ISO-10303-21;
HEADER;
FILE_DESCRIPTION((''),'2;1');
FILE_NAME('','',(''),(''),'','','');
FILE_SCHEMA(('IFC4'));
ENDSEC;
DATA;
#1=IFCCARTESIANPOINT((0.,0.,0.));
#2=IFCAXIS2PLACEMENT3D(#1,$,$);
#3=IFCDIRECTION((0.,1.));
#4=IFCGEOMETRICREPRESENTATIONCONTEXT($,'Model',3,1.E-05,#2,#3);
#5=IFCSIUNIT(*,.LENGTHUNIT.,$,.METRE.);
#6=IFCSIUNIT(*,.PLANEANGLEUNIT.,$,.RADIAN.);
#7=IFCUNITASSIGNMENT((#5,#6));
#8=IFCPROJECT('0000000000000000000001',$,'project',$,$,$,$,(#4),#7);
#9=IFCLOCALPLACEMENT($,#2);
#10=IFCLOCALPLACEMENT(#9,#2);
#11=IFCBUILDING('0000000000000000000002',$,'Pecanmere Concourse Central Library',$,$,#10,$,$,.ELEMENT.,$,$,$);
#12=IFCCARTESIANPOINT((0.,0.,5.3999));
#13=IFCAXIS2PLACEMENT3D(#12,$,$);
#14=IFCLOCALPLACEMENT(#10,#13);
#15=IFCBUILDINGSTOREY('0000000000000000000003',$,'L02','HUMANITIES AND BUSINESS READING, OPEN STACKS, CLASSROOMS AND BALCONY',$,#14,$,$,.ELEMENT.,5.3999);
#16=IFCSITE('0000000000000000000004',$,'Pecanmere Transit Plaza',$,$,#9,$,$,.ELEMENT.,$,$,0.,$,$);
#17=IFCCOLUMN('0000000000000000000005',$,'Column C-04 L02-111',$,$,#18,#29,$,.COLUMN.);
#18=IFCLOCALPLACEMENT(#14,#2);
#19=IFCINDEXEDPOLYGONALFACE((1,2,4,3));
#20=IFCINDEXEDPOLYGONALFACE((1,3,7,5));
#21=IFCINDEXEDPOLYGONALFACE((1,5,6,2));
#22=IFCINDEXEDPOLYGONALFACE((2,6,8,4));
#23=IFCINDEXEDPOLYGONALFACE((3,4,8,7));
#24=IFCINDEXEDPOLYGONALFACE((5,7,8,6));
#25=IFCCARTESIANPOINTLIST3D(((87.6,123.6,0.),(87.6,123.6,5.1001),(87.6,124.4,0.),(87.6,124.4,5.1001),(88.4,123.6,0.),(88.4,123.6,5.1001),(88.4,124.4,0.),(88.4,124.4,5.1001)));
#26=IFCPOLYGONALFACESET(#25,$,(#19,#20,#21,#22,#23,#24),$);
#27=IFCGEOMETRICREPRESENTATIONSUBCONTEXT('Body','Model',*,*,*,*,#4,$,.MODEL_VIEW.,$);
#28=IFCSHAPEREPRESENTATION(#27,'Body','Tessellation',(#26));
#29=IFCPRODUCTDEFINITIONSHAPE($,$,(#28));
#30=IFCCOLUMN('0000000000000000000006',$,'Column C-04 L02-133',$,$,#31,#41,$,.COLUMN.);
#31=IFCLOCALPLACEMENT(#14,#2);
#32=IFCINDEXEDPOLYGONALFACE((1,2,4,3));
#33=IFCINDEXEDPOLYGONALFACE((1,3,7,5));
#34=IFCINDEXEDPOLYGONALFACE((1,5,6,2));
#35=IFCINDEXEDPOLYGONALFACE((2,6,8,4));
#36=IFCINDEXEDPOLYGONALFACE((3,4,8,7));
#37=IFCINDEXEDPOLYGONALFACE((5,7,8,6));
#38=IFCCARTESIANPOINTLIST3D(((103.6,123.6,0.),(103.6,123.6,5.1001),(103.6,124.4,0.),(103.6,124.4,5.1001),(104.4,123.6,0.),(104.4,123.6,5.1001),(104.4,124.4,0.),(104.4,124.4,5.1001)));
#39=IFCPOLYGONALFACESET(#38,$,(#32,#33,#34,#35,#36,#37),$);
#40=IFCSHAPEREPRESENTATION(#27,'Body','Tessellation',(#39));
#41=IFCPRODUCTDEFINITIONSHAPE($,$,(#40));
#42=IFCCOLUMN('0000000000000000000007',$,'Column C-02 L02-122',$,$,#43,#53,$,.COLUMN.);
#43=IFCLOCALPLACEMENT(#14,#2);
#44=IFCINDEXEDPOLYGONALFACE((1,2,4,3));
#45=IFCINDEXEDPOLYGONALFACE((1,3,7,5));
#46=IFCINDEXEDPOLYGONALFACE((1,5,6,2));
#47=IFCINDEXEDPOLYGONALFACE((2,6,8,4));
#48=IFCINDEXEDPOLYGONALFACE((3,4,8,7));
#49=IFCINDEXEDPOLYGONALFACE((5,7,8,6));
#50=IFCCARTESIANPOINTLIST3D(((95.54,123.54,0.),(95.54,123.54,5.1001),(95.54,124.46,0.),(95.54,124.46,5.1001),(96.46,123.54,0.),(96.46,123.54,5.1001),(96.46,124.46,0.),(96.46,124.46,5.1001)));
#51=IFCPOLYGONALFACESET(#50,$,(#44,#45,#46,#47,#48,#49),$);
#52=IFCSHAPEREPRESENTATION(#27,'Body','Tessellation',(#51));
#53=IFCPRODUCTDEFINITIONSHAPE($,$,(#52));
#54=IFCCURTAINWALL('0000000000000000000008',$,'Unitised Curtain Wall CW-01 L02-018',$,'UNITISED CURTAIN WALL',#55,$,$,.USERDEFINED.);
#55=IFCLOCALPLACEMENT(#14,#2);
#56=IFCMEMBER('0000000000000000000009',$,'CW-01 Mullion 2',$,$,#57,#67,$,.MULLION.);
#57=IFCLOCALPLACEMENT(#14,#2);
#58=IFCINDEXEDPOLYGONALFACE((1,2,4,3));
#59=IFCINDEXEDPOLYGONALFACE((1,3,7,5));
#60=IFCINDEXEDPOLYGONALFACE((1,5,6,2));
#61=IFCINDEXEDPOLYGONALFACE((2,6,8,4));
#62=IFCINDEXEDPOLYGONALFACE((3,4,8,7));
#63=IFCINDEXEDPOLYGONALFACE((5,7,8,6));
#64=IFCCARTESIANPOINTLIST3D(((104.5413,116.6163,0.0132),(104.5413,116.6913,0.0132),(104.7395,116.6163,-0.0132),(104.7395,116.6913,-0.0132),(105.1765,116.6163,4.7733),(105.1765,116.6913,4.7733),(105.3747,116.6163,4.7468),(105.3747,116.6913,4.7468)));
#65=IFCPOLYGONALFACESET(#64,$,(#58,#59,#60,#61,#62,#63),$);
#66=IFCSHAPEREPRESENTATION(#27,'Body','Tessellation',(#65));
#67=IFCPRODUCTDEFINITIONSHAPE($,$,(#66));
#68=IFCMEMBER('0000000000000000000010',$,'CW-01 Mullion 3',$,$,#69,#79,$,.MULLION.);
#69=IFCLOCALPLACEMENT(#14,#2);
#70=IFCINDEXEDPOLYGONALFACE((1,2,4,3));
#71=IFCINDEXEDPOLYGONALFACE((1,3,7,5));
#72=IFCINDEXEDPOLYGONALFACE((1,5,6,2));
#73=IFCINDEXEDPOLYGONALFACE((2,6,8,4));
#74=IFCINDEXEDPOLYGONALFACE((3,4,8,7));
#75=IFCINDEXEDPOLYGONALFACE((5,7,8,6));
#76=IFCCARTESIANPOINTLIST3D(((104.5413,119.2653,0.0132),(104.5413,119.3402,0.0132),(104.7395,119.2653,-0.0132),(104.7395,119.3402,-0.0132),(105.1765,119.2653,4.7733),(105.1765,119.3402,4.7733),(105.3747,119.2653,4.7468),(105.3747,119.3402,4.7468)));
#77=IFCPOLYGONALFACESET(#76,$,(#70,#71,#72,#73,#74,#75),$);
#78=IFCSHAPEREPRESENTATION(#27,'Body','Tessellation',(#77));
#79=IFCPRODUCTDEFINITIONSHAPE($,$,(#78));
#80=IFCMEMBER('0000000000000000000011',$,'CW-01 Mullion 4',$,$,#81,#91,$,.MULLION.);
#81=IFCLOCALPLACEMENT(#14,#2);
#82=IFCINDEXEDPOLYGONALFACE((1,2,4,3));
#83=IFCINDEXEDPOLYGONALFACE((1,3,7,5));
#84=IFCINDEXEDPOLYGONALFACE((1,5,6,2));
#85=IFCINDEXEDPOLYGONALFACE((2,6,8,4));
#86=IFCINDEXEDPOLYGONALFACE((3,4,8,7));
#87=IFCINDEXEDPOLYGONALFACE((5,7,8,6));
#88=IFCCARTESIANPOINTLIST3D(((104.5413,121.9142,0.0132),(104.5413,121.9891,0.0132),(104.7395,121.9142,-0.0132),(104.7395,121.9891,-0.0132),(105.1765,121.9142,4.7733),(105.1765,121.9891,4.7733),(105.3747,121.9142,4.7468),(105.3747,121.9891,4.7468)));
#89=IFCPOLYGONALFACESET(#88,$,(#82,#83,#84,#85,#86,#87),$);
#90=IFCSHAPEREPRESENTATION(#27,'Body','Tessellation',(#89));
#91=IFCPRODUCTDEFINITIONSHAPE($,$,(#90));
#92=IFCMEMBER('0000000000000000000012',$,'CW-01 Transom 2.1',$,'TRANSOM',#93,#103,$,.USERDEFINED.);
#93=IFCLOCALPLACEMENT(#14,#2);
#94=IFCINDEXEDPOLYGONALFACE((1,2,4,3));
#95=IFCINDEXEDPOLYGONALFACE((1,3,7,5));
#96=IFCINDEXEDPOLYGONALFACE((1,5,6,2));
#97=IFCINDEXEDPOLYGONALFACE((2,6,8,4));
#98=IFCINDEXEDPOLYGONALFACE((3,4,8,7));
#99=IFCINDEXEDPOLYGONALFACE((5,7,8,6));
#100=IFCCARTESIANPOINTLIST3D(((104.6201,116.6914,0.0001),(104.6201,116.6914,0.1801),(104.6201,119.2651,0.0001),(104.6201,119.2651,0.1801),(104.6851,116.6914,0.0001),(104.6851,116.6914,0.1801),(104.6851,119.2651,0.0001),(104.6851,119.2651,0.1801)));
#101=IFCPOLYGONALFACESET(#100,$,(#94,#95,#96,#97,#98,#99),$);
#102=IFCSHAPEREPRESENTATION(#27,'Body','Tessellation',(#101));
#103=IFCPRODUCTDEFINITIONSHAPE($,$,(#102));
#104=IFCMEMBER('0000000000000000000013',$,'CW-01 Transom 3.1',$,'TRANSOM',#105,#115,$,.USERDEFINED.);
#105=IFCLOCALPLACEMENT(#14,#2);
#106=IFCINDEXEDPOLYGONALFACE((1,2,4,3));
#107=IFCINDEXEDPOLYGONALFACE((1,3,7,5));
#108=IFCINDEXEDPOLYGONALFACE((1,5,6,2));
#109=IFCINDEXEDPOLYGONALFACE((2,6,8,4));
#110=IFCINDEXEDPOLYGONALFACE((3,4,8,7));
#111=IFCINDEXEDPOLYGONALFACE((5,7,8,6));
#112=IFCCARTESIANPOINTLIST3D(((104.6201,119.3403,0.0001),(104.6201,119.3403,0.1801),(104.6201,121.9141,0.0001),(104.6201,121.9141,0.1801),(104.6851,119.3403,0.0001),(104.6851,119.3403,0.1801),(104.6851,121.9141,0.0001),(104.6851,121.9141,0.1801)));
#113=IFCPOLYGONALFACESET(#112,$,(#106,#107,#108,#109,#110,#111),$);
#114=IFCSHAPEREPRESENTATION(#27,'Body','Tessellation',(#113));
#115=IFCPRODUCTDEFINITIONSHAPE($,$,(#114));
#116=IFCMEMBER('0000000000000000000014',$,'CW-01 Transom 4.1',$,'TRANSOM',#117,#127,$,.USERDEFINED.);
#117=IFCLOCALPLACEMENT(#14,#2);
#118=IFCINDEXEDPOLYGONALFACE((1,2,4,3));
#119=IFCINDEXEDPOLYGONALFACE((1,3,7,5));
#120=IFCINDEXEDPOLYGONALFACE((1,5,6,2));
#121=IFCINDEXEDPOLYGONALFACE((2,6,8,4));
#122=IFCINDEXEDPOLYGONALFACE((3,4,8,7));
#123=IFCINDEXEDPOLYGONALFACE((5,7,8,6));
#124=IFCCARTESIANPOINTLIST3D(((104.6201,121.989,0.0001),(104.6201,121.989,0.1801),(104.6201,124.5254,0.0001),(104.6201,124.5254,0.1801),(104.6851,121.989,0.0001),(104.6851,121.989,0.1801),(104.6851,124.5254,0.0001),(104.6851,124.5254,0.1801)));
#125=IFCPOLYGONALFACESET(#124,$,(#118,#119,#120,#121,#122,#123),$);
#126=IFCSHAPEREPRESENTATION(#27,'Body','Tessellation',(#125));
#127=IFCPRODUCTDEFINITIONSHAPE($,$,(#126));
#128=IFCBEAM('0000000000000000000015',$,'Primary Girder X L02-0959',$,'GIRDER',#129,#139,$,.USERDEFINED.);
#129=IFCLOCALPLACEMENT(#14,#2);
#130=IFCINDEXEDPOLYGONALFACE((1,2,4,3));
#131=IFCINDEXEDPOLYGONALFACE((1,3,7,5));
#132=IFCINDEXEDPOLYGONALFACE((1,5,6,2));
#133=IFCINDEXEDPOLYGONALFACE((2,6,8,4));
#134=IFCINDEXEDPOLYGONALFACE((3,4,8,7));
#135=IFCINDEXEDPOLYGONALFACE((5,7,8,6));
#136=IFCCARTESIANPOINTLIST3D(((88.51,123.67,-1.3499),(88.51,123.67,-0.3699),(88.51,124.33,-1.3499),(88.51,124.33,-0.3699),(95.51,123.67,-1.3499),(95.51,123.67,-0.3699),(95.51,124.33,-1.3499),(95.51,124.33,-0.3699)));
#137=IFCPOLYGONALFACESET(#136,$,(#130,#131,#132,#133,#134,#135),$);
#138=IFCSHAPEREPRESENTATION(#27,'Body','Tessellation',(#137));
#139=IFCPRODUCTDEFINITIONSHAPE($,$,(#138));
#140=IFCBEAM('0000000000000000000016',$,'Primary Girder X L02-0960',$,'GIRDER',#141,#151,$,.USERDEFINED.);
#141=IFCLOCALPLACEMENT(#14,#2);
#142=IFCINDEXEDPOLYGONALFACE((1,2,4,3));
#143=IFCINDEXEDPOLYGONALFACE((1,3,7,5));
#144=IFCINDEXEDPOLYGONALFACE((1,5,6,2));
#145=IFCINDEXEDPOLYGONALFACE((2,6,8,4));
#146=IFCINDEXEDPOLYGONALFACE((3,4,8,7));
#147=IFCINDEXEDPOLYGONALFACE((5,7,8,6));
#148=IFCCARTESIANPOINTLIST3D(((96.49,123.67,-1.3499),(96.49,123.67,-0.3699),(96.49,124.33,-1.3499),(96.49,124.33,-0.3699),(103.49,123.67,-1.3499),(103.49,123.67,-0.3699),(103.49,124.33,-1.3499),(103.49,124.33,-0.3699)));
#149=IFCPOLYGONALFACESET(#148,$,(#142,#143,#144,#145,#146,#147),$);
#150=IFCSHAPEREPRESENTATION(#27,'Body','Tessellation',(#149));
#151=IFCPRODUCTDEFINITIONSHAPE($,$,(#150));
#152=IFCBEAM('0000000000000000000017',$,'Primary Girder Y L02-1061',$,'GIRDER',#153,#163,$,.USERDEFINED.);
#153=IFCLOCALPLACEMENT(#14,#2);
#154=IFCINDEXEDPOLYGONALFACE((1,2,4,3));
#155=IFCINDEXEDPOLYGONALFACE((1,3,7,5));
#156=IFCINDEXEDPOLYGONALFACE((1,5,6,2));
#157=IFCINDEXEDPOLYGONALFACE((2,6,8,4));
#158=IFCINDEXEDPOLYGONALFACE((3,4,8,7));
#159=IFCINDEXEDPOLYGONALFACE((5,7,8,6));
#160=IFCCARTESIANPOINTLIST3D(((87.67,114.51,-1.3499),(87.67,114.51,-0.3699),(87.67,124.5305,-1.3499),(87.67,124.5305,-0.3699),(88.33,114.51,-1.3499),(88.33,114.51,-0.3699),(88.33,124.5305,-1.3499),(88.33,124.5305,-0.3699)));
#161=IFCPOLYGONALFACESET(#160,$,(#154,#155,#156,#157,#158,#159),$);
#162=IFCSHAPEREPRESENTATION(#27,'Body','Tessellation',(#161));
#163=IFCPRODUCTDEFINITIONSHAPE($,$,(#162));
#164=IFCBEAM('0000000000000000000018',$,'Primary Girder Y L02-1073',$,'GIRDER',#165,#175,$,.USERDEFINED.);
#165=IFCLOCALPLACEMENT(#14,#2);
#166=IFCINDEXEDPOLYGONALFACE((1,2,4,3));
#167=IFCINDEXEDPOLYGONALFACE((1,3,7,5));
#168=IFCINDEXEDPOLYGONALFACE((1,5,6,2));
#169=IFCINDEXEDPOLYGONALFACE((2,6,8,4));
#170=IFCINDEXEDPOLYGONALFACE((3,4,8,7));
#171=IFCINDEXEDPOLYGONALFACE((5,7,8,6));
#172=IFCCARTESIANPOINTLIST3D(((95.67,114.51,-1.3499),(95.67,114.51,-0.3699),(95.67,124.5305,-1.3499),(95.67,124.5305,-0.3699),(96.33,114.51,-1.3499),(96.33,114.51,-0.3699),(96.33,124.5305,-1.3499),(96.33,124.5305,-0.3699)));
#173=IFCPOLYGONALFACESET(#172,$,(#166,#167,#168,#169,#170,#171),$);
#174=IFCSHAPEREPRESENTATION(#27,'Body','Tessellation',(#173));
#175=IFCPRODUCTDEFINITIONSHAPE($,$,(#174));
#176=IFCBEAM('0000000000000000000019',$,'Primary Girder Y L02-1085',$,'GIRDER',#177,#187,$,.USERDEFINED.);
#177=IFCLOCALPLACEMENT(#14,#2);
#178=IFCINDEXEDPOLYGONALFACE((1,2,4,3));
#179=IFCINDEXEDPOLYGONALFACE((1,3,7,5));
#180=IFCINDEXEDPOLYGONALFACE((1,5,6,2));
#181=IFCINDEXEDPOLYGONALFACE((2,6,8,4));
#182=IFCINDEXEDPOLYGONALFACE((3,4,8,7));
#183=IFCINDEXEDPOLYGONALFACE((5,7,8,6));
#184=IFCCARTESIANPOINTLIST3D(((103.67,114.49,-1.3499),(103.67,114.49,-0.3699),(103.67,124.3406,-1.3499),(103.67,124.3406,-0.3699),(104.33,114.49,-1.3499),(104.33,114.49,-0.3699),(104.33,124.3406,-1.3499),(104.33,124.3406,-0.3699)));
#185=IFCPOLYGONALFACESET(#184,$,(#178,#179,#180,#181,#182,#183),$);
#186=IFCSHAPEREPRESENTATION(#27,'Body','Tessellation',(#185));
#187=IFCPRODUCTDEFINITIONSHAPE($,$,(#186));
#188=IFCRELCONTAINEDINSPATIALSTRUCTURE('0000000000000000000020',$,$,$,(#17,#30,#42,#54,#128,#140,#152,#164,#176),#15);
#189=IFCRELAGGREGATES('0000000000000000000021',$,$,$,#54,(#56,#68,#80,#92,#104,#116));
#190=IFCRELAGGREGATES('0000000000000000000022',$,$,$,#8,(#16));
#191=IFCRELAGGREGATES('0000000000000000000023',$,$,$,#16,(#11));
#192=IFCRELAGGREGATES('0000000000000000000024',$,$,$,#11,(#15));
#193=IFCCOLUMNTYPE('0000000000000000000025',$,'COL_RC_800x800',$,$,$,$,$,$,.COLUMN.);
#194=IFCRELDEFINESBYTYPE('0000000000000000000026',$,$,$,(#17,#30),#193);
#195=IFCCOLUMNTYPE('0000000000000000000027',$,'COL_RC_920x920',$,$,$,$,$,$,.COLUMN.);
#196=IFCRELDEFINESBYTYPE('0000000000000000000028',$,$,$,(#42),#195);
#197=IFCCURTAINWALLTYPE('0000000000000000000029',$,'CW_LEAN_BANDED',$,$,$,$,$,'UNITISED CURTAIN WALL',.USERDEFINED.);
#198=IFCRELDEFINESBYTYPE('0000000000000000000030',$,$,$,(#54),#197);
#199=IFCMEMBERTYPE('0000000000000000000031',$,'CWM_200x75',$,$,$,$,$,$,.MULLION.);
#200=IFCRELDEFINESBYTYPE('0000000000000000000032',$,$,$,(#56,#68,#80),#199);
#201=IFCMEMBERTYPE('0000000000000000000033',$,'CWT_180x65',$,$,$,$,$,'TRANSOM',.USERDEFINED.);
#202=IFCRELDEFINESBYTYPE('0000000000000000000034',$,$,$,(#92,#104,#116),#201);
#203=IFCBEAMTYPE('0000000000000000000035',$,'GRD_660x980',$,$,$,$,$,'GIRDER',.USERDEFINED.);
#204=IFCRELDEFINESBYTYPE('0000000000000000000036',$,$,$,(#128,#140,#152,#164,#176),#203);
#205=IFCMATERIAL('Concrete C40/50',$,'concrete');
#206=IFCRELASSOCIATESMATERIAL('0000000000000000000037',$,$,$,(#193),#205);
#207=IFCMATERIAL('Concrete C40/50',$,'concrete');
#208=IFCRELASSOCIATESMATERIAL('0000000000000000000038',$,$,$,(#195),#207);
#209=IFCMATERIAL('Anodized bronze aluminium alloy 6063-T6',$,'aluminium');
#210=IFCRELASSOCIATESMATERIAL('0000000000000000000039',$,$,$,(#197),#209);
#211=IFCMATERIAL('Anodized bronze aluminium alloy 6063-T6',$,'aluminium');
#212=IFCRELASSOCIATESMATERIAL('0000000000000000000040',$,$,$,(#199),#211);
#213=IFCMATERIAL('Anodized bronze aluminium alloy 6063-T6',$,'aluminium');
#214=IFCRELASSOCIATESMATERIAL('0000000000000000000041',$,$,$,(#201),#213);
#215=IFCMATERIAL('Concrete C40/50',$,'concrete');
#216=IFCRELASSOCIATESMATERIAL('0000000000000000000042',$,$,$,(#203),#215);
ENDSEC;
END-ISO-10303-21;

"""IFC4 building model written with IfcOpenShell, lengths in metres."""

from ifc_helpers import new_model, si_unit, direction, frame, origin, origin_2d, place, context, subcontext, project, spatial, rectangle, extrude, material, material_profile, profile_set, type_object, element, aggregate, save


model = new_model("IFC4")

# Units and contexts
model_context = context("Model", 3, precision=1e-05, world=origin(), true_north=direction((0.0, 1.0)))
body_context = subcontext(model_context, "Body", "Model", "MODEL_VIEW")
ifc_project = project(units=[si_unit("LENGTHUNIT", "METRE"), si_unit("PLANEANGLEUNIT", "RADIAN")], contexts=[model_context])

# Site, building, storey
site_placement = place(None, origin())
site = spatial("IfcSite", under=ifc_project, at=site_placement, Name="Pecanmere Transit Plaza", CompositionType="ELEMENT", RefElevation=0.0)
building_placement = place(site_placement, origin())
building = spatial("IfcBuilding", under=site, at=building_placement, Name="Pecanmere Concourse Central Library", CompositionType="ELEMENT")
storey_placement = place(building_placement, frame((0.0, 0.0, 5.3999)))
storey = spatial("IfcBuildingStorey", under=building, at=storey_placement, Name="L02", Description="HUMANITIES AND BUSINESS READING, OPEN STACKS, CLASSROOMS AND BALCONY", CompositionType="ELEMENT", Elevation=5.3999)

# Columns
ifc_material_1 = material(Name="Concrete C40/50", Category="concrete")
ifc_material_profile_1 = material_profile(ifc_material_1, rectangle(XDim=0.8, YDim=0.8, at=origin_2d()), Name="RC 800x800")
ifc_profile_set_1 = profile_set([ifc_material_profile_1], Name="Concrete C40/50")
column_type_1 = type_object("IfcColumnType", Name="COL_RC_800x800", PredefinedType="COLUMN", material=ifc_profile_set_1)
for number, where, z_axis, x_axis, name in (
    (1, (88.0, 124.0, 0.0), (0.0, 0.0, 1.0), (1.0, 0.0, 0.0), "Column C-04 L02-111"),
    (2, (104.0, 124.0, 0.0), (0.0, 0.0, 1.0), (1.0, 0.0, 0.0), "Column C-04 L02-133"),
):
    element("IfcColumn", number, at=place(storey_placement, frame(where, z_axis=z_axis, x_axis=x_axis)), inside=storey, type_object=column_type_1, Name=name, PredefinedType="COLUMN", context=body_context, shape_type="SweptSolid", body=[
        extrude(rectangle(XDim=0.8, YDim=0.8, at=origin_2d()), origin(), (0.0, 0.0, 1.0), 5.1001),
    ])
ifc_material_2 = material(Name="Concrete C40/50", Category="concrete")
ifc_material_profile_2 = material_profile(ifc_material_2, rectangle(XDim=0.9199, YDim=0.9199, at=origin_2d()), Name="RC 920x920")
ifc_profile_set_2 = profile_set([ifc_material_profile_2], Name="Concrete C40/50")
column_type_2 = type_object("IfcColumnType", Name="COL_RC_920x920", PredefinedType="COLUMN", material=ifc_profile_set_2)
column_placement = place(storey_placement, frame((96.0, 124.0, 0.0), z_axis=(0.0, 0.0, 1.0), x_axis=(1.0, 0.0, 0.0)))
element("IfcColumn", 3, at=column_placement, inside=storey, type_object=column_type_2, Name="Column C-02 L02-122", PredefinedType="COLUMN", context=body_context, shape_type="SweptSolid", body=[
    extrude(rectangle(XDim=0.9199, YDim=0.9199, at=origin_2d()), origin(), (0.0, 0.0, 1.0), 5.1001),
])

# Curtain wall, members
ifc_material_3 = material(Name="Anodized bronze aluminium alloy 6063-T6", Category="aluminium")
curtain_wall_type = type_object("IfcCurtainWallType", Name="CW_LEAN_BANDED", ElementType="UNITISED CURTAIN WALL", PredefinedType="USERDEFINED", material=ifc_material_3)
curtain_wall_placement = place(storey_placement, origin())
curtain_wall = element("IfcCurtainWall", 4, at=curtain_wall_placement, inside=storey, type_object=curtain_wall_type, Name="Unitised Curtain Wall CW-01 L02-018", ObjectType="UNITISED CURTAIN WALL", PredefinedType="USERDEFINED")
ifc_material_4 = material(Name="Anodized bronze aluminium alloy 6063-T6", Category="aluminium")
ifc_material_profile_3 = material_profile(ifc_material_4, rectangle(XDim=0.075, YDim=0.2, at=origin_2d()), Name="AL 75x200")
ifc_profile_set_3 = profile_set([ifc_material_profile_3], Name="Anodized bronze aluminium alloy 6063-T6")
member_type_1 = type_object("IfcMemberType", Name="CWM_200x75", PredefinedType="MULLION", material=ifc_profile_set_3)
member_1_placement = place(storey_placement, frame((104.6404, 116.6538, 0.0), z_axis=(0.132284, 0.0, 0.991212), x_axis=(0.0, 1.0, 0.0)))
member_1 = element("IfcMember", 5, at=member_1_placement, type_object=member_type_1, Name="CW-01 Mullion 2", PredefinedType="MULLION", context=body_context, shape_type="SweptSolid", body=[
    extrude(rectangle(XDim=0.075, YDim=0.2, at=origin_2d()), origin(), (0.0, 0.0, 1.0), 4.8022),
])
member_2_placement = place(storey_placement, frame((104.6404, 119.3027, 0.0), z_axis=(0.132284, 0.0, 0.991212), x_axis=(0.0, 1.0, 0.0)))
member_2 = element("IfcMember", 6, at=member_2_placement, type_object=member_type_1, Name="CW-01 Mullion 3", PredefinedType="MULLION", context=body_context, shape_type="SweptSolid", body=[
    extrude(rectangle(XDim=0.075, YDim=0.2, at=origin_2d()), origin(), (0.0, 0.0, 1.0), 4.8022),
])
member_3_placement = place(storey_placement, frame((104.6404, 121.9517, 0.0), z_axis=(0.132284, 0.0, 0.991212), x_axis=(0.0, 1.0, 0.0)))
member_3 = element("IfcMember", 7, at=member_3_placement, type_object=member_type_1, Name="CW-01 Mullion 4", PredefinedType="MULLION", context=body_context, shape_type="SweptSolid", body=[
    extrude(rectangle(XDim=0.075, YDim=0.2, at=origin_2d()), origin(), (0.0, 0.0, 1.0), 4.8022),
])
ifc_material_5 = material(Name="Anodized bronze aluminium alloy 6063-T6", Category="aluminium")
ifc_material_profile_4 = material_profile(ifc_material_5, rectangle(XDim=0.0649, YDim=0.1799, at=origin_2d()), Name="AL 65x180")
ifc_profile_set_4 = profile_set([ifc_material_profile_4], Name="Anodized bronze aluminium alloy 6063-T6")
member_type_2 = type_object("IfcMemberType", Name="CWT_180x65", ElementType="TRANSOM", PredefinedType="USERDEFINED", material=ifc_profile_set_4)
member_4_placement = place(storey_placement, frame((104.6526, 116.6914, 0.0901), z_axis=(0.0, 1.0, 0.0), x_axis=(-1.0, 0.0, 0.0)))
member_4 = element("IfcMember", 8, at=member_4_placement, type_object=member_type_2, Name="CW-01 Transom 2.1", ObjectType="TRANSOM", PredefinedType="USERDEFINED", context=body_context, shape_type="SweptSolid", body=[
    extrude(rectangle(XDim=0.0649, YDim=0.1799, at=origin_2d()), origin(), (0.0, 0.0, 1.0), 2.5737),
])
member_5_placement = place(storey_placement, frame((104.6526, 119.3403, 0.0901), z_axis=(0.0, 1.0, 0.0), x_axis=(-1.0, 0.0, 0.0)))
member_5 = element("IfcMember", 9, at=member_5_placement, type_object=member_type_2, Name="CW-01 Transom 3.1", ObjectType="TRANSOM", PredefinedType="USERDEFINED", context=body_context, shape_type="SweptSolid", body=[
    extrude(rectangle(XDim=0.0649, YDim=0.1799, at=origin_2d()), origin(), (0.0, 0.0, 1.0), 2.5737),
])
member_6_placement = place(storey_placement, frame((104.6526, 121.989, 0.0901), z_axis=(0.0, 1.0, 0.0), x_axis=(-1.0, 0.0, 0.0)))
member_6 = element("IfcMember", 10, at=member_6_placement, type_object=member_type_2, Name="CW-01 Transom 4.1", ObjectType="TRANSOM", PredefinedType="USERDEFINED", context=body_context, shape_type="SweptSolid", body=[
    extrude(rectangle(XDim=0.0649, YDim=0.1799, at=origin_2d()), origin(), (0.0, 0.0, 1.0), 2.5364),
])

# Beams
ifc_material_6 = material(Name="Concrete C40/50", Category="concrete")
ifc_material_profile_5 = material_profile(ifc_material_6, rectangle(XDim=0.6599, YDim=0.98, at=origin_2d()), Name="RC 660x980")
ifc_profile_set_5 = profile_set([ifc_material_profile_5], Name="Concrete C40/50")
beam_type_1 = type_object("IfcBeamType", Name="GRD_660x980", ElementType="GIRDER", PredefinedType="USERDEFINED", material=ifc_profile_set_5)
for number, where, z_axis, x_axis, name in (
    (11, (88.51, 124.0, -0.8599), (1.0, 0.0, 0.0), (0.0, 1.0, 0.0), "Primary Girder X L02-0959"),
    (12, (96.49, 124.0, -0.8599), (1.0, 0.0, 0.0), (0.0, 1.0, 0.0), "Primary Girder X L02-0960"),
):
    element("IfcBeam", number, at=place(storey_placement, frame(where, z_axis=z_axis, x_axis=x_axis)), inside=storey, type_object=beam_type_1, Name=name, ObjectType="GIRDER", PredefinedType="USERDEFINED", context=body_context, shape_type="SweptSolid", body=[
        extrude(rectangle(XDim=0.6599, YDim=0.98, at=origin_2d()), origin(), (0.0, 0.0, 1.0), 7.0),
    ])
for number, where, z_axis, x_axis, name in (
    (13, (88.0, 114.51, -0.8599), (0.0, 1.0, 0.0), (-1.0, 0.0, 0.0), "Primary Girder Y L02-1061"),
    (14, (96.0, 114.51, -0.8599), (0.0, 1.0, 0.0), (-1.0, 0.0, 0.0), "Primary Girder Y L02-1073"),
):
    element("IfcBeam", number, at=place(storey_placement, frame(where, z_axis=z_axis, x_axis=x_axis)), inside=storey, type_object=beam_type_1, Name=name, ObjectType="GIRDER", PredefinedType="USERDEFINED", context=body_context, shape_type="SweptSolid", body=[
        extrude(rectangle(XDim=0.6599, YDim=0.98, at=origin_2d()), origin(), (0.0, 0.0, 1.0), 10.0205),
    ])
beam_1_placement = place(storey_placement, frame((104.0, 114.49, -0.8599), z_axis=(0.0, 1.0, 0.0), x_axis=(-1.0, 0.0, 0.0)))
element("IfcBeam", 15, at=beam_1_placement, inside=storey, type_object=beam_type_1, Name="Primary Girder Y L02-1085", ObjectType="GIRDER", PredefinedType="USERDEFINED", context=body_context, shape_type="SweptSolid", body=[
    extrude(rectangle(XDim=0.6599, YDim=0.98, at=origin_2d()), origin(), (0.0, 0.0, 1.0), 9.8506),
])

aggregate(curtain_wall, [member_1, member_2, member_3, member_4, member_5, member_6])

save(model, "model.ifc")
